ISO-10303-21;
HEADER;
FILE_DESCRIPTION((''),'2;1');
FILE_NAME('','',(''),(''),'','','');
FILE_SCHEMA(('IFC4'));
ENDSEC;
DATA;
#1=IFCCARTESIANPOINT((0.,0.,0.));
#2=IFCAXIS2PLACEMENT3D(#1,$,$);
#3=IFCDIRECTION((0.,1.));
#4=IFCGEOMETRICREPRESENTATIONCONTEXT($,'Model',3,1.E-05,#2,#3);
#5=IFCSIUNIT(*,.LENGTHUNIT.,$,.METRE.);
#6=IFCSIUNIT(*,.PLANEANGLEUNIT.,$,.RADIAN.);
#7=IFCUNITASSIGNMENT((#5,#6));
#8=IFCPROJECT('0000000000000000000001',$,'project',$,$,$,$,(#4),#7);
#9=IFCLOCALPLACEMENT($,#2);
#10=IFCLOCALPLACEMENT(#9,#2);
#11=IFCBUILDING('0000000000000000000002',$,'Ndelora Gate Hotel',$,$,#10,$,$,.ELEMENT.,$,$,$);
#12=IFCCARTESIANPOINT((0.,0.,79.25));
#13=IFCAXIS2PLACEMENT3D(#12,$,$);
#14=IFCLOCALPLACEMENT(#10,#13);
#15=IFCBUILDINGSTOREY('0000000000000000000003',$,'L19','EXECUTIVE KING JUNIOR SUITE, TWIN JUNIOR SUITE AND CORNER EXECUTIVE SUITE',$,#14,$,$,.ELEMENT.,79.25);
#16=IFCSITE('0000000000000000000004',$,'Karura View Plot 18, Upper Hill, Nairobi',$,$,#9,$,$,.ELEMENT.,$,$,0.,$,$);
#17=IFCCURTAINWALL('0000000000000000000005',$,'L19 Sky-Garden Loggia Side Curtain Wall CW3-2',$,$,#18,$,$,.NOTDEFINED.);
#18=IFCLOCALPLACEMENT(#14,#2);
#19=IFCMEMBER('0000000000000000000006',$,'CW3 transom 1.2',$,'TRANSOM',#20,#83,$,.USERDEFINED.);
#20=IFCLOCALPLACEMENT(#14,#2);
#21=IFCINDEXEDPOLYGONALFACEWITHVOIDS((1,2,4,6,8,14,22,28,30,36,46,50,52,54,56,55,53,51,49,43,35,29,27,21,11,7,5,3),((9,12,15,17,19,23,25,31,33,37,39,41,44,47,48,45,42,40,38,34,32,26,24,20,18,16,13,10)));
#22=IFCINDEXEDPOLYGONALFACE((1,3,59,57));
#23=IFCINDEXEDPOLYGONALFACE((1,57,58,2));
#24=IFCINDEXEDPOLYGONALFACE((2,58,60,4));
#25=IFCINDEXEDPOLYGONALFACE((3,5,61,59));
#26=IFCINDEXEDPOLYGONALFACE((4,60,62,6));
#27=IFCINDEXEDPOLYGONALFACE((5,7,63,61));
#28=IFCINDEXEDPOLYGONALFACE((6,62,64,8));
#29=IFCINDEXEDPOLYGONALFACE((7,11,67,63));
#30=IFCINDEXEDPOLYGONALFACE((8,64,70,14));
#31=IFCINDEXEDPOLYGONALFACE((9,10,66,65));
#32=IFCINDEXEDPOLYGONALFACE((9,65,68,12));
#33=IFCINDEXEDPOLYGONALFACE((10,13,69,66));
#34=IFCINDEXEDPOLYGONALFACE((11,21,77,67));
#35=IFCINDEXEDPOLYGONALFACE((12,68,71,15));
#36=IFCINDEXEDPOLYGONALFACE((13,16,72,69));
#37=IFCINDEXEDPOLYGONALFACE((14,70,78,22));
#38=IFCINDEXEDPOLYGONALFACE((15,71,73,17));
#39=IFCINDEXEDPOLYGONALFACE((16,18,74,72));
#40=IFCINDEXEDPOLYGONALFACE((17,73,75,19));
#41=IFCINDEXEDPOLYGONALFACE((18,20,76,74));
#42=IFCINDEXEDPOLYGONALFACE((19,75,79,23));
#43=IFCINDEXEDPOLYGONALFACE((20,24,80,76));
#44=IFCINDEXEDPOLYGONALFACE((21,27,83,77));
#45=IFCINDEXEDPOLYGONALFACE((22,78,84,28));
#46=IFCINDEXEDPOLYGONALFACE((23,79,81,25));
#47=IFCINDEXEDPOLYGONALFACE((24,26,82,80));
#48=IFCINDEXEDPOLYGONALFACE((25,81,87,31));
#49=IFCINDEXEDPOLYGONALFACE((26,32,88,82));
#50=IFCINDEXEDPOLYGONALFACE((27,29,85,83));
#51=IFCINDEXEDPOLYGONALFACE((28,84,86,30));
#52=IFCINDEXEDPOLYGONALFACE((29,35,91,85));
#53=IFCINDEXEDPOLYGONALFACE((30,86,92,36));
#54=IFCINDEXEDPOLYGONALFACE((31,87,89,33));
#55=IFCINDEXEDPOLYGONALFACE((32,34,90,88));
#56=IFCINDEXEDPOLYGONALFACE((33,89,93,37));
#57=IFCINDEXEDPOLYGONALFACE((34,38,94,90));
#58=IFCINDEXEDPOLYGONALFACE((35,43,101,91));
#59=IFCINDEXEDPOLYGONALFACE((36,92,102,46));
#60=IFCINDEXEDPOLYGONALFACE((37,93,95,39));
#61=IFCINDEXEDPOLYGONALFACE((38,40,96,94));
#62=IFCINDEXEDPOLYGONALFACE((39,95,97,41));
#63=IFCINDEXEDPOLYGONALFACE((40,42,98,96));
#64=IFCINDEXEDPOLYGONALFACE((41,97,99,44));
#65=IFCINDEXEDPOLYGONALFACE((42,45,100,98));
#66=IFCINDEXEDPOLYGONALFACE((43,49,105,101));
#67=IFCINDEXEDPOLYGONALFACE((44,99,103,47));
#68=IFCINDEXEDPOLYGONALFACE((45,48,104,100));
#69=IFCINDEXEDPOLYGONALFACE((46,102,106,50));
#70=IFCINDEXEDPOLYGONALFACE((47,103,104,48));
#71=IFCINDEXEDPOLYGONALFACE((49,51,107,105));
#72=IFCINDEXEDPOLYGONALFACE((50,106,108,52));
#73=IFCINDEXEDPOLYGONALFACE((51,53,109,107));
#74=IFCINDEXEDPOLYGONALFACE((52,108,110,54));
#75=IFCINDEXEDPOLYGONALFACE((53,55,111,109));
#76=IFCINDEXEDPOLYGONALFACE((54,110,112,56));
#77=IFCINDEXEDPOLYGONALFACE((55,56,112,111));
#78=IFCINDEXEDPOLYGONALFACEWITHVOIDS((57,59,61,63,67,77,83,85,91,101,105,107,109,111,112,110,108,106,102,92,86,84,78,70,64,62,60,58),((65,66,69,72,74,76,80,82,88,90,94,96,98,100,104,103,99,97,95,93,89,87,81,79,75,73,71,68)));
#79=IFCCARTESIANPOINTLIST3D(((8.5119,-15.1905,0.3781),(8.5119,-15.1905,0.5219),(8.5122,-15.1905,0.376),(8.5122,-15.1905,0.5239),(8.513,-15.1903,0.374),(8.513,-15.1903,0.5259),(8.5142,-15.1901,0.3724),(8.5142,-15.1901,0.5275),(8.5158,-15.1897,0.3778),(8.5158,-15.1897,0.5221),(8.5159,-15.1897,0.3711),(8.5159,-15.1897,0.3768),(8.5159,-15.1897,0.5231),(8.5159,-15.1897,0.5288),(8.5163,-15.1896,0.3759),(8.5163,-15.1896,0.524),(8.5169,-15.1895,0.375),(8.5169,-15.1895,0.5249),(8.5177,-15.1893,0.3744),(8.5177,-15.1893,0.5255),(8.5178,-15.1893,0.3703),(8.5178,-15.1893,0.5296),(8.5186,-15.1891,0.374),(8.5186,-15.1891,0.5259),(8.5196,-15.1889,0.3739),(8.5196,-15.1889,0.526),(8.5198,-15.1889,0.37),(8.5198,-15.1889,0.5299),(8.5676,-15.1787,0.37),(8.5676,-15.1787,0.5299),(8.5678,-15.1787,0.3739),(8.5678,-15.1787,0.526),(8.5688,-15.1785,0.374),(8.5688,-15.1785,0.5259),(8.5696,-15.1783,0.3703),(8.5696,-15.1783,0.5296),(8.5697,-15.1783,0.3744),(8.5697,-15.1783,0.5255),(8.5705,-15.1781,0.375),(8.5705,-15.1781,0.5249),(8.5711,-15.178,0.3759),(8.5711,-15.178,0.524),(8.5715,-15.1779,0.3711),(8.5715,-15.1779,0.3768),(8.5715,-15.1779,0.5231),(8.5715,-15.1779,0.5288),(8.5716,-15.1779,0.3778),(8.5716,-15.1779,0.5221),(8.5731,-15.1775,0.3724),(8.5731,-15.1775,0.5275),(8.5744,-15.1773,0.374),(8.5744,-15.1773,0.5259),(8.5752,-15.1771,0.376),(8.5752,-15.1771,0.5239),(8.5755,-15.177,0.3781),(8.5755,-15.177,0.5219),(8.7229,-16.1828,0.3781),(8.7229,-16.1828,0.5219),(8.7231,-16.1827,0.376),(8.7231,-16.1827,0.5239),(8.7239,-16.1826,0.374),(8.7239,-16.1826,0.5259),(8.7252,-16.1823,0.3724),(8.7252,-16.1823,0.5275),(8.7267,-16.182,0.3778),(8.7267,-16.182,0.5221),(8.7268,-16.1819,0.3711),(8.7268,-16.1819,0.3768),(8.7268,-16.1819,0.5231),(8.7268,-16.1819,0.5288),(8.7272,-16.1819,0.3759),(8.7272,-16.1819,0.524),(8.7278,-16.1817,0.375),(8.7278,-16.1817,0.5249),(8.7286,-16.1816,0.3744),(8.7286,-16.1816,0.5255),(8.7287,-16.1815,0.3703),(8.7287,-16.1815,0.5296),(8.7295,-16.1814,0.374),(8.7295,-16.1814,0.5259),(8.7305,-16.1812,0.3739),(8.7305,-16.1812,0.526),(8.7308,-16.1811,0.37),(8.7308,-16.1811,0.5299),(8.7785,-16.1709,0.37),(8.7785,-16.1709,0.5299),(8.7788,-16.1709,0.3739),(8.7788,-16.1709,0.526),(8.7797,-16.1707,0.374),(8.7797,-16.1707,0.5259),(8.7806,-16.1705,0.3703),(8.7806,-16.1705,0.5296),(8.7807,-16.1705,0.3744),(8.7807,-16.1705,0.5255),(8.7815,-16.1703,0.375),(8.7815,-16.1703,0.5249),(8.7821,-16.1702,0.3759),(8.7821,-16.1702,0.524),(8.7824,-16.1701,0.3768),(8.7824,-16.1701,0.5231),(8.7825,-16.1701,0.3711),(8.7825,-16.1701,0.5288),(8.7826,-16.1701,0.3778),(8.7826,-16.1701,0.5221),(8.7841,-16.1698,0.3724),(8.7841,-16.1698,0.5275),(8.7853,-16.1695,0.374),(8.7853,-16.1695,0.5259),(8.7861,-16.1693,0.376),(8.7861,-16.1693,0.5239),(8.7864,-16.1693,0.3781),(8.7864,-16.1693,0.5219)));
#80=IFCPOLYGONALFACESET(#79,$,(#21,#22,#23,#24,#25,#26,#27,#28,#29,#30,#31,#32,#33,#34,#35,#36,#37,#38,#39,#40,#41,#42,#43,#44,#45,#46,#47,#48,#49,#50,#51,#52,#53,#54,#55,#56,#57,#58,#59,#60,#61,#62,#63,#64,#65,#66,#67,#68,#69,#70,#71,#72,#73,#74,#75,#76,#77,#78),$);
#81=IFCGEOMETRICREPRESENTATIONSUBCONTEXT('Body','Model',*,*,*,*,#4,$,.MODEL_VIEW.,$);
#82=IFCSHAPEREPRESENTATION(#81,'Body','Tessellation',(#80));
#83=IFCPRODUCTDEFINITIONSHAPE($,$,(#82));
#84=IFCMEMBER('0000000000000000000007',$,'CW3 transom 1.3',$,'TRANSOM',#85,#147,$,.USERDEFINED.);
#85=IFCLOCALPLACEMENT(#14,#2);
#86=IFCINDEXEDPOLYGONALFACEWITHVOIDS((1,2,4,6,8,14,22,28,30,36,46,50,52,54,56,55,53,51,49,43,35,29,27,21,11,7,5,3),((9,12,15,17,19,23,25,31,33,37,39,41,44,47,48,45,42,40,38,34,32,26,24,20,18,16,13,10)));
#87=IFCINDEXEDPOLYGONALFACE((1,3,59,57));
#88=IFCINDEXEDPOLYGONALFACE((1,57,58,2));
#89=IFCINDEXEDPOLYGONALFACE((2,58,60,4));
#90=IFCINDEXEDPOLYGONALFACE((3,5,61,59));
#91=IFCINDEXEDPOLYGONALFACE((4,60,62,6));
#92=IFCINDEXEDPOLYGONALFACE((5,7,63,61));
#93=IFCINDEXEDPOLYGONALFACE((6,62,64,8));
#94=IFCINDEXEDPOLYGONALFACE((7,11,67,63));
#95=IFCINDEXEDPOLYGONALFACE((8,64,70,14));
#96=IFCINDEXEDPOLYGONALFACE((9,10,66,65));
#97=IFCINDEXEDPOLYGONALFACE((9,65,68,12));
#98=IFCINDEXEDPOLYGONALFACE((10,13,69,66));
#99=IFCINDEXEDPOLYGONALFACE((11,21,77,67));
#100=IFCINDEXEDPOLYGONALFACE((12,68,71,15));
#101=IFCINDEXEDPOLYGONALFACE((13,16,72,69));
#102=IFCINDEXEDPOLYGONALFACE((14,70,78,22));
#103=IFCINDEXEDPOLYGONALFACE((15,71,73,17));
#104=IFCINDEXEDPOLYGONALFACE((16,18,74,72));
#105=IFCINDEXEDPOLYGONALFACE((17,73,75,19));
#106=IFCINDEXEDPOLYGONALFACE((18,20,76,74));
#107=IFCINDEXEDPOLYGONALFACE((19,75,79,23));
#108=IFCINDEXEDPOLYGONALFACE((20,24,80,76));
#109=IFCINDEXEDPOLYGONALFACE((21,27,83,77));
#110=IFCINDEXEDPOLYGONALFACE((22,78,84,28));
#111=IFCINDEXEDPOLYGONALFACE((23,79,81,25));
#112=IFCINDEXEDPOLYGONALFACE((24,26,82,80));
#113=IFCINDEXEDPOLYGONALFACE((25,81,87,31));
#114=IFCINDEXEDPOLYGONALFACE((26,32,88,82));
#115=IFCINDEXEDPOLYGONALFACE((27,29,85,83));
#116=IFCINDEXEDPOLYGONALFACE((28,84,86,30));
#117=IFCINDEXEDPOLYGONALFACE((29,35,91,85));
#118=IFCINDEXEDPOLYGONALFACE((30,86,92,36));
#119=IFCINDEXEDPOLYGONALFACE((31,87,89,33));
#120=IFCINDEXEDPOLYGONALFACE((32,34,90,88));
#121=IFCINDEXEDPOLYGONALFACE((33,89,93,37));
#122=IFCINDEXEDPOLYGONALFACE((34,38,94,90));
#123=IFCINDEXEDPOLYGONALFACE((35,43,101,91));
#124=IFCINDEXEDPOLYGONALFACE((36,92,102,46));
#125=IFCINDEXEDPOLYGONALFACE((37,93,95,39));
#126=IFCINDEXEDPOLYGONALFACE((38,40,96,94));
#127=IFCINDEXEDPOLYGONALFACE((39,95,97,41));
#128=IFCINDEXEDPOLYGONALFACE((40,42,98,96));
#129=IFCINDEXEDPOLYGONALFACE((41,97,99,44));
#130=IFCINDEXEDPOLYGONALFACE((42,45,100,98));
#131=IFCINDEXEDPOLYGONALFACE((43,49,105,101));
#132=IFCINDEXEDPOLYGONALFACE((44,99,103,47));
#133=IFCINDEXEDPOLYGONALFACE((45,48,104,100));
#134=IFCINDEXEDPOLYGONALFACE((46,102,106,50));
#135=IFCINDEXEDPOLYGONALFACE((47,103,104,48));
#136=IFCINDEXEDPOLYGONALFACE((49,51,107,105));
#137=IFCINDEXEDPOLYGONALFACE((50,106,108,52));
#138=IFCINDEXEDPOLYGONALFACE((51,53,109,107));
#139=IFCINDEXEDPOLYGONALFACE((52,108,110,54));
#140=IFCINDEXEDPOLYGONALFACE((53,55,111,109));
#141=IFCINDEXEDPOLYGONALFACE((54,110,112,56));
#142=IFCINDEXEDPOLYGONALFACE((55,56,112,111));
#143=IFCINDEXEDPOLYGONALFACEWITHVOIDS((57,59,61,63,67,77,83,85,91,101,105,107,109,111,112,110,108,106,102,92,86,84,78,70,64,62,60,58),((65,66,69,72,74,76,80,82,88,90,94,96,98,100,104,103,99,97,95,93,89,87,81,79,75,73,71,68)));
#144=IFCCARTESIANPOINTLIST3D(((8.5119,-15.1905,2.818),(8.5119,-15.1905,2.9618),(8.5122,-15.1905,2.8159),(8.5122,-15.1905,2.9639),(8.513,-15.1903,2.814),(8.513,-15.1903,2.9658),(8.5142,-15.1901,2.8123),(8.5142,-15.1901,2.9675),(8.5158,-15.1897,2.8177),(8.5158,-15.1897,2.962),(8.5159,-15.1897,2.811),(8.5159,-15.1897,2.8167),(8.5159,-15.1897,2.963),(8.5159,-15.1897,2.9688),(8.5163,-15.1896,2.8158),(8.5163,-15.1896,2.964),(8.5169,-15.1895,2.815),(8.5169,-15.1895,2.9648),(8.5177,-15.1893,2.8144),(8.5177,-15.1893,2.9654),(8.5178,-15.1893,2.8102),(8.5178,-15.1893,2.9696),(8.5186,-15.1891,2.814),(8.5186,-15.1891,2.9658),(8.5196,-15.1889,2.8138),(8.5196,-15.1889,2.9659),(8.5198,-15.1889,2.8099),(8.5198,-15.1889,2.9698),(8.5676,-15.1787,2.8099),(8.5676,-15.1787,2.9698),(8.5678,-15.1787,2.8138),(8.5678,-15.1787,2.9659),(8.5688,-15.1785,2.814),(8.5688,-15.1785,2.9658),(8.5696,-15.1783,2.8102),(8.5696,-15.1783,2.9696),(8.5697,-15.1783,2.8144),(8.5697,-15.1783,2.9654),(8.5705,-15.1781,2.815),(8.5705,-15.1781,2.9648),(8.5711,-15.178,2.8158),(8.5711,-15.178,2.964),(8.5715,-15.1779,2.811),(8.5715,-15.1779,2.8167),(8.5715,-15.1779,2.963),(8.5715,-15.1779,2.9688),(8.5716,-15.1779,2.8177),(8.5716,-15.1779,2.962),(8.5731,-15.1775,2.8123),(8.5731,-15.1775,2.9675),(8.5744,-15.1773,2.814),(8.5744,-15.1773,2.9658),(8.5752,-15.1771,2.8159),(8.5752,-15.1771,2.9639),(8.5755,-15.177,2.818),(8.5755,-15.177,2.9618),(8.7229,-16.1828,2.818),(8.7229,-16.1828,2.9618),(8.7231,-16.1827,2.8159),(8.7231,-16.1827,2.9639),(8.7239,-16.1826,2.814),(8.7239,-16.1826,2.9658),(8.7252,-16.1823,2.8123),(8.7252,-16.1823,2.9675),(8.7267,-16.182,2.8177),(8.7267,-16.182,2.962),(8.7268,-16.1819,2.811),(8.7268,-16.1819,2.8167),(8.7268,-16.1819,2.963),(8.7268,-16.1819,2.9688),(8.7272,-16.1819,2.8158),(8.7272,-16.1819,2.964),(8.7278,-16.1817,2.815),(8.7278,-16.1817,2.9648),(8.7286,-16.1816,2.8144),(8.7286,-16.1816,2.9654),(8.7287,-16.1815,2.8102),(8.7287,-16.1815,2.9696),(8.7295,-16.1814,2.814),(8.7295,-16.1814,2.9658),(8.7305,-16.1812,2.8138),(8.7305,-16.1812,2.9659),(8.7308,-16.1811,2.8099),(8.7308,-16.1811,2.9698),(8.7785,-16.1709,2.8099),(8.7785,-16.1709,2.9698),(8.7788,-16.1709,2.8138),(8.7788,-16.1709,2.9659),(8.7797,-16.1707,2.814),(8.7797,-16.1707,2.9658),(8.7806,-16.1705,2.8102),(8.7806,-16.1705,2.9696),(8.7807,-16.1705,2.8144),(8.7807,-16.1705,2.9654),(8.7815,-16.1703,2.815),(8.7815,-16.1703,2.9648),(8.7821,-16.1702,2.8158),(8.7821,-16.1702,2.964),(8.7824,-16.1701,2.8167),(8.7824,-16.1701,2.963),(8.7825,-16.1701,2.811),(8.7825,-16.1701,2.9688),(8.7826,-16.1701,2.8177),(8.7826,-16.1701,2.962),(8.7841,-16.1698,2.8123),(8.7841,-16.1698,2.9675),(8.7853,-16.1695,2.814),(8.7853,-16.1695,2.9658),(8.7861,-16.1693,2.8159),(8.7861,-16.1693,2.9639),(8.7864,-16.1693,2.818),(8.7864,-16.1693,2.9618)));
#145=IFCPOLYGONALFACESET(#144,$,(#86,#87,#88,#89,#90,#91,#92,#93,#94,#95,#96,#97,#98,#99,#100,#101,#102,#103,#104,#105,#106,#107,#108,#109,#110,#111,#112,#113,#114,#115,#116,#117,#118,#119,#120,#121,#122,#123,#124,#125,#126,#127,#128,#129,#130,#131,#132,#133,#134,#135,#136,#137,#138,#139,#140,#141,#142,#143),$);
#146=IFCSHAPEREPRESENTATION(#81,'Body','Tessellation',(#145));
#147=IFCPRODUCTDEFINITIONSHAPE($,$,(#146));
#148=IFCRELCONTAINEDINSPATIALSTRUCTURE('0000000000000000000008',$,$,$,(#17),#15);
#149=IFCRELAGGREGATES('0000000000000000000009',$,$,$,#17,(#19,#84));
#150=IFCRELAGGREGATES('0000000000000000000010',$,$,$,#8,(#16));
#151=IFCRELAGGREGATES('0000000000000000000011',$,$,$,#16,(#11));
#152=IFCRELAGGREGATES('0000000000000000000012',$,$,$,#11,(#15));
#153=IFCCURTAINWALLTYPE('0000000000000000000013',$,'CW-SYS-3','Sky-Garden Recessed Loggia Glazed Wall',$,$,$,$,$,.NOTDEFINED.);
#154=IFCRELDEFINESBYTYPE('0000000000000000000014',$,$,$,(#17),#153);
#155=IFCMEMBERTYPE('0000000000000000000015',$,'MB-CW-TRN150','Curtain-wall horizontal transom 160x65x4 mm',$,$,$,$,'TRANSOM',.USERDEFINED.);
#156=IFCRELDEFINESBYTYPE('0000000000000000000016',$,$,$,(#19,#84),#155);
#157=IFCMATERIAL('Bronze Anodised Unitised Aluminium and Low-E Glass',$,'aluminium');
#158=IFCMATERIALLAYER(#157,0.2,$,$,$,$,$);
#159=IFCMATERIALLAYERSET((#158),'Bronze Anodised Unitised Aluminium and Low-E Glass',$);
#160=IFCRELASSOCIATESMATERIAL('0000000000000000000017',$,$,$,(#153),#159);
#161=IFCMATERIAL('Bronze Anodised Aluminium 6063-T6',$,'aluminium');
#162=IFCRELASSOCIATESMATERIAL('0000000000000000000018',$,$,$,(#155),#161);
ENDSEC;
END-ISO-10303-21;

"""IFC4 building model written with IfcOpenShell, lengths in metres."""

from ifc_helpers import new_model, si_unit, direction, frame, origin, origin_2d, place, context, subcontext, project, spatial, hollow_rectangle, extrude, material, layer, layer_set, material_profile, profile_set, type_object, element, aggregate, save


model = new_model("IFC4")

# Units and contexts
model_context = context("Model", 3, precision=1e-05, world=origin(), true_north=direction((0.0, 1.0)))
body_context = subcontext(model_context, "Body", "Model", "MODEL_VIEW")
ifc_project = project(units=[si_unit("LENGTHUNIT", "METRE"), si_unit("PLANEANGLEUNIT", "RADIAN")], contexts=[model_context])

# Site, building, storey
site_placement = place(None, origin())
site = spatial("IfcSite", under=ifc_project, at=site_placement, Name="Karura View Plot 18, Upper Hill, Nairobi", CompositionType="ELEMENT", RefElevation=0.0)
building_placement = place(site_placement, origin())
building = spatial("IfcBuilding", under=site, at=building_placement, Name="Ndelora Gate Hotel", CompositionType="ELEMENT")
storey_placement = place(building_placement, frame((0.0, 0.0, 79.25)))
storey = spatial("IfcBuildingStorey", under=building, at=storey_placement, Name="L19", Description="EXECUTIVE KING JUNIOR SUITE, TWIN JUNIOR SUITE AND CORNER EXECUTIVE SUITE", CompositionType="ELEMENT", Elevation=79.25)

# Curtain wall, members
ifc_material_1 = material(Name="Bronze Anodised Unitised Aluminium and Low-E Glass", Category="aluminium")
ifc_layer_1 = layer(ifc_material_1, 0.2)
ifc_layer_set_1 = layer_set([ifc_layer_1], Name="Bronze Anodised Unitised Aluminium and Low-E Glass")
curtain_wall_type = type_object("IfcCurtainWallType", Name="CW-SYS-3", Description="Sky-Garden Recessed Loggia Glazed Wall", PredefinedType="NOTDEFINED", material=ifc_layer_set_1)
curtain_wall_placement = place(storey_placement, origin())
curtain_wall = element("IfcCurtainWall", 1, at=curtain_wall_placement, inside=storey, type_object=curtain_wall_type, Name="L19 Sky-Garden Loggia Side Curtain Wall CW3-2", PredefinedType="NOTDEFINED")
ifc_material_2 = material(Name="Bronze Anodised Aluminium 6063-T6", Category="aluminium")
ifc_material_profile_1 = material_profile(ifc_material_2, hollow_rectangle(XDim=0.0649, YDim=0.1599, WallThickness=0.0039, InnerFilletRadius=0.0039, OuterFilletRadius=0.0081, at=origin_2d()), Name="ALU 160x65x4")
ifc_profile_set_1 = profile_set([ifc_material_profile_1], Name="Bronze Anodised Aluminium 6063-T6")
member_type_1 = type_object("IfcMemberType", Name="MB-CW-TRN150", Description="Curtain-wall horizontal transom 160x65x4 mm", ElementType="TRANSOM", PredefinedType="USERDEFINED", material=ifc_profile_set_1)
member_1_placement = place(storey_placement, frame((8.7546, -16.176, 0.45), z_axis=(-0.207951, 0.978139, 0.0), x_axis=(-0.978139, -0.207951, 0.0)))
member_1 = element("IfcMember", 2, at=member_1_placement, type_object=member_type_1, Name="CW3 transom 1.2", ObjectType="TRANSOM", PredefinedType="USERDEFINED", context=body_context, shape_type="SweptSolid", body=[
    extrude(hollow_rectangle(XDim=0.0649, YDim=0.1599, WallThickness=0.0039, InnerFilletRadius=0.0039, OuterFilletRadius=0.0081, at=origin_2d()), origin(), (0.0, 0.0, 1.0), 1.0144),
])
member_2_placement = place(storey_placement, frame((8.7546, -16.176, 2.8899), z_axis=(-0.207951, 0.978139, 0.0), x_axis=(-0.978139, -0.207951, 0.0)))
member_2 = element("IfcMember", 3, at=member_2_placement, type_object=member_type_1, Name="CW3 transom 1.3", ObjectType="TRANSOM", PredefinedType="USERDEFINED", context=body_context, shape_type="SweptSolid", body=[
    extrude(hollow_rectangle(XDim=0.0649, YDim=0.1599, WallThickness=0.0039, InnerFilletRadius=0.0039, OuterFilletRadius=0.0081, at=origin_2d()), origin(), (0.0, 0.0, 1.0), 1.0144),
])
aggregate(curtain_wall, [member_1, member_2])

save(model, "model.ifc")
